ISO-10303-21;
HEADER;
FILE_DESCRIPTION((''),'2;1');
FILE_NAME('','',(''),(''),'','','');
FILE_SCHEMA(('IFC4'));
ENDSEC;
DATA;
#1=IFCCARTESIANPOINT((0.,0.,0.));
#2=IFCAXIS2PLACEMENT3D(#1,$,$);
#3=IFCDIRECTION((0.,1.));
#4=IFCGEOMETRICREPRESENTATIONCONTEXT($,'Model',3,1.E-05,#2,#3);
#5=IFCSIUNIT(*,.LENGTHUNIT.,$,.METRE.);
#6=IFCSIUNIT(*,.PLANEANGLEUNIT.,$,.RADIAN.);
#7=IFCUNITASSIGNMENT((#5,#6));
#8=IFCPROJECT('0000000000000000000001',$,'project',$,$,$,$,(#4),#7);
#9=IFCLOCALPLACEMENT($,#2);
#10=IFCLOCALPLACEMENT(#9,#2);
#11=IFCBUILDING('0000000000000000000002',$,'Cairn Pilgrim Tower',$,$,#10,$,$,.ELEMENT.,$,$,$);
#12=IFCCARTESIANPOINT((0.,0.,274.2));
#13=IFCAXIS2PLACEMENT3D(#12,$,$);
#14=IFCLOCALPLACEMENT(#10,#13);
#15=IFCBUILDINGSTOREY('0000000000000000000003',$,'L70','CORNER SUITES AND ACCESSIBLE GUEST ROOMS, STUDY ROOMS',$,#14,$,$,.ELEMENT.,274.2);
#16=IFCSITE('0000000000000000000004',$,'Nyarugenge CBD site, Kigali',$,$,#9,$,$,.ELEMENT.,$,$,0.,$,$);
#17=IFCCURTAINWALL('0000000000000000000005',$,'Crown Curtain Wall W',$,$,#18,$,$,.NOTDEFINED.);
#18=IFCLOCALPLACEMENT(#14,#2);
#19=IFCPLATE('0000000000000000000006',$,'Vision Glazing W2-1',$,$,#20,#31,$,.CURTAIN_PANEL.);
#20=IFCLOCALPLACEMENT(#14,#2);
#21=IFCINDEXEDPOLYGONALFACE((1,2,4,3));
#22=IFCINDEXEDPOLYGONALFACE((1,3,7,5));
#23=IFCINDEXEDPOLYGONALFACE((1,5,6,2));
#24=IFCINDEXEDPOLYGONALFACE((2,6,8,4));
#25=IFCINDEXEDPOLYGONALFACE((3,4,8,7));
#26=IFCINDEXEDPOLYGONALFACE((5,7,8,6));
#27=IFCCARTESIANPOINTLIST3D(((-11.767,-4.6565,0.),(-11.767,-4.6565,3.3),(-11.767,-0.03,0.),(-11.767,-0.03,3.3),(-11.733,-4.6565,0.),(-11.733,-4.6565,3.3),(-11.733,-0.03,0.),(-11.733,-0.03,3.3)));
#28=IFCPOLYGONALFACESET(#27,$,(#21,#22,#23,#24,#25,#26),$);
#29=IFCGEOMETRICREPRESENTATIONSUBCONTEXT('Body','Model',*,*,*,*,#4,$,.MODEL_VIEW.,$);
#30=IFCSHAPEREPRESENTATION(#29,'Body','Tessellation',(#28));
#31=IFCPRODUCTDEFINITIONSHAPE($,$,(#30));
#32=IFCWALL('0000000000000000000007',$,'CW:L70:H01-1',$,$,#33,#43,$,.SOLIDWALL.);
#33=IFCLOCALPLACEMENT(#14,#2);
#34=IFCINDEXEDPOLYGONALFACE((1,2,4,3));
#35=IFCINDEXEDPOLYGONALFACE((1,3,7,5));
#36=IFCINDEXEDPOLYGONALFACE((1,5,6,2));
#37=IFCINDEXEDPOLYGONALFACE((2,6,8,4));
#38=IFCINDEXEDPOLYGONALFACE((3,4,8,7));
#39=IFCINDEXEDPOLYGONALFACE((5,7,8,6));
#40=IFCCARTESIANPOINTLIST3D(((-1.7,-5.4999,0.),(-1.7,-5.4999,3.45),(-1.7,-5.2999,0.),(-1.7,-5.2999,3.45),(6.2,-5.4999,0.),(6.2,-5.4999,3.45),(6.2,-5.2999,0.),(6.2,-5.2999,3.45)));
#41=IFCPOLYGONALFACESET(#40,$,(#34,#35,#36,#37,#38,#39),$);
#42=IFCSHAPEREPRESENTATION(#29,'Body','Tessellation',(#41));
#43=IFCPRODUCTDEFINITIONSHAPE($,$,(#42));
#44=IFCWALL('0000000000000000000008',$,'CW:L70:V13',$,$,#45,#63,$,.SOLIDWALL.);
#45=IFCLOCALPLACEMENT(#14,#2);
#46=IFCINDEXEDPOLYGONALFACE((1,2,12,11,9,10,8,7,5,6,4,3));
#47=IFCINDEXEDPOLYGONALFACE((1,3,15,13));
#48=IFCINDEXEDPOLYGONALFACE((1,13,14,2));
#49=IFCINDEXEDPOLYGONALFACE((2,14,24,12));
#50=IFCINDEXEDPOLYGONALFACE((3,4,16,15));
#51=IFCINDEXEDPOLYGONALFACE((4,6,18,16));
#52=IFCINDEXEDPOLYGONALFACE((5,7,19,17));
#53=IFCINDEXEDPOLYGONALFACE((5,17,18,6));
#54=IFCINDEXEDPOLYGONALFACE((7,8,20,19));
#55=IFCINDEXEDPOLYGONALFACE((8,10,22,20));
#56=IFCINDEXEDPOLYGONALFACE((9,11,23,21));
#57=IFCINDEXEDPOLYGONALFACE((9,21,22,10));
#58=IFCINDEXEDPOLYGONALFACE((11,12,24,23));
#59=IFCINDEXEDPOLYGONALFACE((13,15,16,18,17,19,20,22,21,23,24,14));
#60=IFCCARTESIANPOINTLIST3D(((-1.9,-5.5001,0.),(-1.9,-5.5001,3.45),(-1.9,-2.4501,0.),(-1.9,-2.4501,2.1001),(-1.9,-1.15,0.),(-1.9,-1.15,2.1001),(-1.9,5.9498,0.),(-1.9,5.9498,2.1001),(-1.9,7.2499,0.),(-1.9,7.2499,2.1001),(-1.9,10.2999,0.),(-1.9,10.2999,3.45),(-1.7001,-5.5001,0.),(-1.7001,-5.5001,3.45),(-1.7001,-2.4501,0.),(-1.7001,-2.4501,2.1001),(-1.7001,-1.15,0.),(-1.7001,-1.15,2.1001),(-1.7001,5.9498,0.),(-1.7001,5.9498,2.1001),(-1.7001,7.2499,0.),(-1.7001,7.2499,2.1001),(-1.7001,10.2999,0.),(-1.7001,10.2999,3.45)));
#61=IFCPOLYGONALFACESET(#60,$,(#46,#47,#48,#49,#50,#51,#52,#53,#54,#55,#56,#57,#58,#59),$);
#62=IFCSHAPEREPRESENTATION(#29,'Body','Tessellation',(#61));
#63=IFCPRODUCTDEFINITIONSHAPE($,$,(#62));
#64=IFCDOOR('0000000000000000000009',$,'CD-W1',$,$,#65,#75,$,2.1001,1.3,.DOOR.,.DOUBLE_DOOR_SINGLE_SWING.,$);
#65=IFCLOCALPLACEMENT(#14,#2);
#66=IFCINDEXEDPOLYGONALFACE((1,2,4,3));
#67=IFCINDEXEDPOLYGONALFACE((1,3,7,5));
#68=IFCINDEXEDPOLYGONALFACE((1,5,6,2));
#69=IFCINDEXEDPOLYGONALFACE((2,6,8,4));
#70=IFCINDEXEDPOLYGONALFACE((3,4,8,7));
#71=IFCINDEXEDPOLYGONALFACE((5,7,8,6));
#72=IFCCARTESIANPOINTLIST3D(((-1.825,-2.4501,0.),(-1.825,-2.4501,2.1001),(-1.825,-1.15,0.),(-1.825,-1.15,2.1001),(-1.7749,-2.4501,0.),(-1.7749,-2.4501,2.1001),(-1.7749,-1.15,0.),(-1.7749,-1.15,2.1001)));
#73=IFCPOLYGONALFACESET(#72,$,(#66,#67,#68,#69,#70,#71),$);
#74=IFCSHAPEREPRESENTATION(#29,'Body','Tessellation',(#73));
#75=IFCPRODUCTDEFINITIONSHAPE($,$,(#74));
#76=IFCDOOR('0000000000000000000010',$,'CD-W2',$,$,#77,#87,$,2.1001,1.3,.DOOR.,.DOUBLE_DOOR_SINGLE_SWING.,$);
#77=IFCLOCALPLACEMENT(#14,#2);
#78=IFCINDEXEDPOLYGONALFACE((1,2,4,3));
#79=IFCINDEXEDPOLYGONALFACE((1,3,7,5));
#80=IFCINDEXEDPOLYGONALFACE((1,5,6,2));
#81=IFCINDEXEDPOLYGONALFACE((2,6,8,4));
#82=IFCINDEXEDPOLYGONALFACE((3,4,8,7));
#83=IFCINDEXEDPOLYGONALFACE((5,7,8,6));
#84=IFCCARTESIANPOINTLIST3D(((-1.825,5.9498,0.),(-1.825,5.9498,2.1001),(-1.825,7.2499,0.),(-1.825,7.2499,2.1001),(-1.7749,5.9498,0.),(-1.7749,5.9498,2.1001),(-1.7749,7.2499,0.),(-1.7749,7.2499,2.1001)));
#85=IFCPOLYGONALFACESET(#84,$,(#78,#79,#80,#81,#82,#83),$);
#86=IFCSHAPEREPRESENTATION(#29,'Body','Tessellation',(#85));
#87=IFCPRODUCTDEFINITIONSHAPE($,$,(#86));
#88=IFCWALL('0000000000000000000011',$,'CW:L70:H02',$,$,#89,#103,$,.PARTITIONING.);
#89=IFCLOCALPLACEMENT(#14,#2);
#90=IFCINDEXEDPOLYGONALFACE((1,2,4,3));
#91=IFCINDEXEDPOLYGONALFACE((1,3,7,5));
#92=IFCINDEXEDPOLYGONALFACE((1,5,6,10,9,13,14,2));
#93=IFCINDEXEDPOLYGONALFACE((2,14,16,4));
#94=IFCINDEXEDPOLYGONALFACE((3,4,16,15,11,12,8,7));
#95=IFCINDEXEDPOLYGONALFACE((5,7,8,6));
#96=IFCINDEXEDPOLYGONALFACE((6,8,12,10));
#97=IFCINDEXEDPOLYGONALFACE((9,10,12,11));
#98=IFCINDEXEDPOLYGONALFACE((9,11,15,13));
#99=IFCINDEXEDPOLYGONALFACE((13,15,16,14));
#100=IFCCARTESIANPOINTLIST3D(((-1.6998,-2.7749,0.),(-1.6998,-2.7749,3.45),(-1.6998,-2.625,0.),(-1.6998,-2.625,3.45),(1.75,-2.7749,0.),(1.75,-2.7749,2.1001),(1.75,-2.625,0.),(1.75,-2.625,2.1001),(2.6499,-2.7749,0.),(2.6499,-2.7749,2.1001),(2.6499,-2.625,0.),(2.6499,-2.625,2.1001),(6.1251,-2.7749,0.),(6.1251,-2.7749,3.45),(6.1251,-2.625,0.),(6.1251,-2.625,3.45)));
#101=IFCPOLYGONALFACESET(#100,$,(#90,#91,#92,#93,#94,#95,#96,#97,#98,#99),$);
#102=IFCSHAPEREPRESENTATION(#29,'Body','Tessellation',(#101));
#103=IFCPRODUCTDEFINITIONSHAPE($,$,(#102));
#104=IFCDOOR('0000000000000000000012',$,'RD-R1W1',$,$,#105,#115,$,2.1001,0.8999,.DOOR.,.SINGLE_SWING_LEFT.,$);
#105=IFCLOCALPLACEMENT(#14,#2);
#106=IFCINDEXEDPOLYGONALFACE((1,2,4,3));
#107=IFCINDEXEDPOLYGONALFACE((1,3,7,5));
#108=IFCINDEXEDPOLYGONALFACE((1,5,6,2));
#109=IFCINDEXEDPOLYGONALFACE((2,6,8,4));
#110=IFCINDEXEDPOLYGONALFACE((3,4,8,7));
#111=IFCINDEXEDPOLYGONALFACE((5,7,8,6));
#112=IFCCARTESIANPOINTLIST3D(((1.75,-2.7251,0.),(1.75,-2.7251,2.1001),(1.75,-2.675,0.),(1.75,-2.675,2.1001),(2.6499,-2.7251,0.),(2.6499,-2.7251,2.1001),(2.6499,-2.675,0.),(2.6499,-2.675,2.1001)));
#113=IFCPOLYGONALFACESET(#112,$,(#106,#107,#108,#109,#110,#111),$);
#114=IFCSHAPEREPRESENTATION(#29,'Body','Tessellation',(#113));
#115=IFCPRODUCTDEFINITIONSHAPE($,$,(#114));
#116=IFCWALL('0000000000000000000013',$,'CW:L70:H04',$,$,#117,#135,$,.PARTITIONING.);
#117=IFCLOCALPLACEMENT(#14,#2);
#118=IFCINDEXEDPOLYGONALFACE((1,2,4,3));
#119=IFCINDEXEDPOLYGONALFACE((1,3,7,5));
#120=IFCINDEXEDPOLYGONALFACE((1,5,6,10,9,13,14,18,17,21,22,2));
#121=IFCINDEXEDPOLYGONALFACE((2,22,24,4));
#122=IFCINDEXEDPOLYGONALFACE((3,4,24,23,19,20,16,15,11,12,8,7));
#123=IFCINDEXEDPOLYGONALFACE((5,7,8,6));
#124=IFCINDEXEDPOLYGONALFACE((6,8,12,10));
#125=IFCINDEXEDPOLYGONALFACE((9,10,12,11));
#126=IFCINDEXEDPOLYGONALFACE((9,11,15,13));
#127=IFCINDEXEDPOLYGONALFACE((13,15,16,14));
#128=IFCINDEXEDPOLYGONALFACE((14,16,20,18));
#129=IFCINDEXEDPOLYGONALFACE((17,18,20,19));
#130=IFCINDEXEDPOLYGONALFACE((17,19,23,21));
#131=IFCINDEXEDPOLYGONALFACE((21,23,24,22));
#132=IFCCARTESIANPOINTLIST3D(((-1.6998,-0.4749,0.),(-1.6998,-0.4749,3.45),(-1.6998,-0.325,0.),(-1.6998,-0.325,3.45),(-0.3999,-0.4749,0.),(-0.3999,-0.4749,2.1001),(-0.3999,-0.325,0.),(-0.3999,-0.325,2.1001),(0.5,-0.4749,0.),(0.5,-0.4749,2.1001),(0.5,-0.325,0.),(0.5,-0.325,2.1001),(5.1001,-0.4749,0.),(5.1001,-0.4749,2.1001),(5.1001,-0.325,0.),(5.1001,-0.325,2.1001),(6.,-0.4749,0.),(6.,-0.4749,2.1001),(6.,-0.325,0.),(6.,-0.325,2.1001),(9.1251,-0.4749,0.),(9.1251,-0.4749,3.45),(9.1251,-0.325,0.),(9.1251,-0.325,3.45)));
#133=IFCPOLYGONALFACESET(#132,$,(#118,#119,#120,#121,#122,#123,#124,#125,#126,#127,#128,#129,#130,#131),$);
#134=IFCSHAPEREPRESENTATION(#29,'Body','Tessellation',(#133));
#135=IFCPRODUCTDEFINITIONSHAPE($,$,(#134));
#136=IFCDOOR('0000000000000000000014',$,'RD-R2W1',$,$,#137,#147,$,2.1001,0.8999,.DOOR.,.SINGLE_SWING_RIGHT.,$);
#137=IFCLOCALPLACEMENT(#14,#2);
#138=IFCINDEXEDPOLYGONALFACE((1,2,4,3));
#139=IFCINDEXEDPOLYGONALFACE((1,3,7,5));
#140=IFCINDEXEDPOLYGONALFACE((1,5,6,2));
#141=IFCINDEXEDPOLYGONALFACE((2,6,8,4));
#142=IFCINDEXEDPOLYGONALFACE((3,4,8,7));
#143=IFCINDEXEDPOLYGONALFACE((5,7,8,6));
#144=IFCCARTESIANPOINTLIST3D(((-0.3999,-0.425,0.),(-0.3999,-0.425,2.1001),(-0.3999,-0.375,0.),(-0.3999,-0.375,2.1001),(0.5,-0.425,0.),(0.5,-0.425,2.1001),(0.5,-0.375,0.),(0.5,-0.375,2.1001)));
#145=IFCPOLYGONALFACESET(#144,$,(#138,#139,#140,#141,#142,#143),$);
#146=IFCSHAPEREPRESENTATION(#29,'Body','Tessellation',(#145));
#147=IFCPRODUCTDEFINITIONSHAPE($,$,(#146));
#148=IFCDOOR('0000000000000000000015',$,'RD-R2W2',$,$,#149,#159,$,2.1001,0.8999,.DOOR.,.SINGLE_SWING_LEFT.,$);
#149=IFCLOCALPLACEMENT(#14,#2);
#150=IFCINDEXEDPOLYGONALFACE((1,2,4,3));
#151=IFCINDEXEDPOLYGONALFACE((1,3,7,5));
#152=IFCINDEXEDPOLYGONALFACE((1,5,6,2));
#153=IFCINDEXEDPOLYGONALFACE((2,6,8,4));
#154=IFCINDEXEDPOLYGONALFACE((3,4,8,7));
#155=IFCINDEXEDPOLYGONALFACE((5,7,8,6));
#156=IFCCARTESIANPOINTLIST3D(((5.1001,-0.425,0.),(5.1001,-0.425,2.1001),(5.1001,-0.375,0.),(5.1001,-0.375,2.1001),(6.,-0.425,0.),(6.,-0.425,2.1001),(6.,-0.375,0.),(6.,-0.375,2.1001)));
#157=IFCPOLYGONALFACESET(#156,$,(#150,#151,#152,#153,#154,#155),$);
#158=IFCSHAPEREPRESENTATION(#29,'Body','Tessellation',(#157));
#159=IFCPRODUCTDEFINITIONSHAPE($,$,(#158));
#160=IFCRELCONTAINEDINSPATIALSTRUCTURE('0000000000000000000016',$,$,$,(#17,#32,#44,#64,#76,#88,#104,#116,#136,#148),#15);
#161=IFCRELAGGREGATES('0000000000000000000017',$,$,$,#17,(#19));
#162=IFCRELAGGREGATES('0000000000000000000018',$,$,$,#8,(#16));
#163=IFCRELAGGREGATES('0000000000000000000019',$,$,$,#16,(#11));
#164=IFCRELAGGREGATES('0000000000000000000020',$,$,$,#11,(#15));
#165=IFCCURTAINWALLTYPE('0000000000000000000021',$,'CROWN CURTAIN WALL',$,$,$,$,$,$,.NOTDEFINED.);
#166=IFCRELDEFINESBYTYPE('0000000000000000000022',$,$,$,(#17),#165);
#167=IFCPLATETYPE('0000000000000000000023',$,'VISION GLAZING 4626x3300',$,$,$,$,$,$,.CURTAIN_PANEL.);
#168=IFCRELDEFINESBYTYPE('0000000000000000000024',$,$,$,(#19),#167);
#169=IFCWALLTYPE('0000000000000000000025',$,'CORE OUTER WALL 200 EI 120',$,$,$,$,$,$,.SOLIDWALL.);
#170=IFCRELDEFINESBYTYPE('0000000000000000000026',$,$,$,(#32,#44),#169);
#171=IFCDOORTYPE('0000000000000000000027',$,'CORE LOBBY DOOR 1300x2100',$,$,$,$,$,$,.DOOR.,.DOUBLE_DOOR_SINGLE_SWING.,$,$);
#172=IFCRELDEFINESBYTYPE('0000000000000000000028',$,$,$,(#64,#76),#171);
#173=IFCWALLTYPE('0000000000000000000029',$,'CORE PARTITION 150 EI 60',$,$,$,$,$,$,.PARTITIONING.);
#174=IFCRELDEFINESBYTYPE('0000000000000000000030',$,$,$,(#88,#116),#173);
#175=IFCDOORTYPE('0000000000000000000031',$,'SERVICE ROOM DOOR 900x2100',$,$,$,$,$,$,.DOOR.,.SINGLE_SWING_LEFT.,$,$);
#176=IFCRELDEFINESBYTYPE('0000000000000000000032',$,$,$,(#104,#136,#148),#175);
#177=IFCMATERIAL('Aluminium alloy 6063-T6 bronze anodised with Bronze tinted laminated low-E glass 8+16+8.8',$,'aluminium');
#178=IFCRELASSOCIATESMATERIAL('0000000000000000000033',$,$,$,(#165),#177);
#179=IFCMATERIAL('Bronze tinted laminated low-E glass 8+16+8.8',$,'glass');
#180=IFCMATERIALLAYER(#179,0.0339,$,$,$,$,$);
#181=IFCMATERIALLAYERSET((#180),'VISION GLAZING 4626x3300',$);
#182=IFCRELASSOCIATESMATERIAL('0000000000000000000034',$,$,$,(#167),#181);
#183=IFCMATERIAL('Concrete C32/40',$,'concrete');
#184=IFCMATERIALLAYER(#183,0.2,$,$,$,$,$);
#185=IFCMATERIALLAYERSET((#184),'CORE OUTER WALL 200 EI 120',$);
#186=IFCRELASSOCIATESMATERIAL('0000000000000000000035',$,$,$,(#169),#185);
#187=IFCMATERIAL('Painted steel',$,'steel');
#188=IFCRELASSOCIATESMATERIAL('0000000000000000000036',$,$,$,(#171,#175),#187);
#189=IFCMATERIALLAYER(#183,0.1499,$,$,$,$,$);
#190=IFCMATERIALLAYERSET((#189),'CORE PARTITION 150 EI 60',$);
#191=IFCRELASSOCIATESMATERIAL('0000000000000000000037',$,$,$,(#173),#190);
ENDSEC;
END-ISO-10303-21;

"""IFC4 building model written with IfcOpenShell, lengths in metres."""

from ifc_helpers import new_model, si_unit, direction, frame, frame_2d, origin, origin_2d, place, context, subcontext, project, spatial, rectangle, extrude, material, layer, layer_set, type_object, element, fill, aggregate, save


model = new_model("IFC4")

# Units and contexts
model_context = context("Model", 3, precision=1e-05, world=origin(), true_north=direction((0.0, 1.0)))
body_context = subcontext(model_context, "Body", "Model", "MODEL_VIEW")
ifc_project = project(units=[si_unit("LENGTHUNIT", "METRE"), si_unit("PLANEANGLEUNIT", "RADIAN")], contexts=[model_context])

# Site, building, storey
site_placement = place(None, origin())
site = spatial("IfcSite", under=ifc_project, at=site_placement, Name="Nyarugenge CBD site, Kigali", CompositionType="ELEMENT", RefElevation=0.0)
building_placement = place(site_placement, origin())
building = spatial("IfcBuilding", under=site, at=building_placement, Name="Cairn Pilgrim Tower", CompositionType="ELEMENT")
storey_placement = place(building_placement, frame((0.0, 0.0, 274.2)))
storey = spatial("IfcBuildingStorey", under=building, at=storey_placement, Name="L70", Description="CORNER SUITES AND ACCESSIBLE GUEST ROOMS, STUDY ROOMS", CompositionType="ELEMENT", Elevation=274.2)

# Curtain wall
ifc_material_1 = material(Name="Aluminium alloy 6063-T6 bronze anodised with Bronze tinted laminated low-E glass 8+16+8.8", Category="aluminium")
curtain_wall_type = type_object("IfcCurtainWallType", Name="CROWN CURTAIN WALL", PredefinedType="NOTDEFINED", material=ifc_material_1)
curtain_wall_1_placement = place(storey_placement, origin())
curtain_wall_1 = element("IfcCurtainWall", 1, at=curtain_wall_1_placement, inside=storey, type_object=curtain_wall_type, Name="Crown Curtain Wall W", PredefinedType="NOTDEFINED")

# Shared definitions
ifc_material_2 = material(Name="Concrete C32/40", Category="concrete")

# Plate
ifc_material_3 = material(Name="Bronze tinted laminated low-E glass 8+16+8.8", Category="glass")
ifc_layer_1 = layer(ifc_material_3, 0.0339)
ifc_layer_set_1 = layer_set([ifc_layer_1], Name="VISION GLAZING 4626x3300")
plate_type_1 = type_object("IfcPlateType", Name="VISION GLAZING 4626x3300", PredefinedType="CURTAIN_PANEL", material=ifc_layer_set_1)
plate_1_placement = place(storey_placement, frame((-11.75, -2.3433, 0.0), z_axis=(0.0, 0.0, 1.0), x_axis=(0.0, -1.0, 0.0)))
plate_1 = element("IfcPlate", 2, at=plate_1_placement, type_object=plate_type_1, Name="Vision Glazing W2-1", PredefinedType="CURTAIN_PANEL", context=body_context, shape_type="SweptSolid", body=[
    extrude(rectangle(XDim=4.6265, YDim=0.0339, at=origin_2d()), origin(), (0.0, 0.0, 1.0), 3.3),
])
aggregate(curtain_wall_1, [plate_1])

# Wall
ifc_layer_2 = layer(ifc_material_2, 0.2)
ifc_layer_set_2 = layer_set([ifc_layer_2], Name="CORE OUTER WALL 200 EI 120")
wall_type_1 = type_object("IfcWallType", Name="CORE OUTER WALL 200 EI 120", PredefinedType="SOLIDWALL", material=ifc_layer_set_2)
wall_1_placement = place(storey_placement, frame((-1.7, -5.3999, 0.0), z_axis=(0.0, 0.0, 1.0), x_axis=(1.0, 0.0, 0.0)))
element("IfcWall", 3, at=wall_1_placement, inside=storey, type_object=wall_type_1, Name="CW:L70:H01-1", PredefinedType="SOLIDWALL", context=body_context, shape_type="SweptSolid", body=[
    extrude(rectangle(XDim=7.8999, YDim=0.2, at=frame_2d((3.95, 0.0))), origin(), (0.0, 0.0, 1.0), 3.45),
])

# Wall, openings, doors
wall_2_placement = place(storey_placement, frame((-1.8, -5.5, 0.0), z_axis=(0.0, 0.0, 1.0), x_axis=(0.0, 1.0, 0.0)))
wall_2 = element("IfcWall", 4, at=wall_2_placement, inside=storey, type_object=wall_type_1, Name="CW:L70:V13", PredefinedType="SOLIDWALL", context=body_context, shape_type="SweptSolid", body=[
    extrude(rectangle(XDim=15.8, YDim=0.2, at=frame_2d((7.8999, 0.0))), origin(), (0.0, 0.0, 1.0), 3.45),
])
opening_1_placement = place(wall_2_placement, frame((3.05, 0.0, 0.0)))
opening_1 = element("IfcOpeningElement", 5, at=opening_1_placement, cuts=wall_2, PredefinedType="OPENING", context=body_context, shape_type="SweptSolid", body=[
    extrude(rectangle(XDim=1.3, YDim=2.1001, at=frame_2d((0.6499, 1.05))), frame((0.0, 0.1099, 0.0), z_axis=(0.0, -1.0, 0.0), x_axis=(1.0, 0.0, 0.0)), (0.0, 0.0, 1.0), 0.22),
])
opening_2_placement = place(wall_2_placement, frame((11.45, 0.0, 0.0)))
opening_2 = element("IfcOpeningElement", 6, at=opening_2_placement, cuts=wall_2, PredefinedType="OPENING", context=body_context, shape_type="SweptSolid", body=[
    extrude(rectangle(XDim=1.3, YDim=2.1001, at=frame_2d((0.6499, 1.05))), frame((0.0, 0.1099, 0.0), z_axis=(0.0, -1.0, 0.0), x_axis=(1.0, 0.0, 0.0)), (0.0, 0.0, 1.0), 0.22),
])
ifc_material_4 = material(Name="Painted steel", Category="steel")
door_type_1 = type_object("IfcDoorType", Name="CORE LOBBY DOOR 1300x2100", OperationType="DOUBLE_DOOR_SINGLE_SWING", PredefinedType="DOOR", material=ifc_material_4)
door_1_placement = place(opening_1_placement, origin())
door_1 = element("IfcDoor", 7, at=door_1_placement, inside=storey, type_object=door_type_1, Name="CD-W1", OperationType="DOUBLE_DOOR_SINGLE_SWING", OverallHeight=2.1001, OverallWidth=1.3, PredefinedType="DOOR", context=body_context, shape_type="SweptSolid", body=[
    extrude(rectangle(XDim=1.3, YDim=2.1001, at=frame_2d((0.6499, 1.05))), frame((0.0, 0.0249, 0.0), z_axis=(0.0, -1.0, 0.0), x_axis=(1.0, 0.0, 0.0)), (0.0, 0.0, 1.0), 0.05),
])
fill(opening_1, door_1)
door_2_placement = place(opening_2_placement, origin())
door_2 = element("IfcDoor", 8, at=door_2_placement, inside=storey, type_object=door_type_1, Name="CD-W2", OperationType="DOUBLE_DOOR_SINGLE_SWING", OverallHeight=2.1001, OverallWidth=1.3, PredefinedType="DOOR", context=body_context, shape_type="SweptSolid", body=[
    extrude(rectangle(XDim=1.3, YDim=2.1001, at=frame_2d((0.6499, 1.05))), frame((0.0, 0.0249, 0.0), z_axis=(0.0, -1.0, 0.0), x_axis=(1.0, 0.0, 0.0)), (0.0, 0.0, 1.0), 0.05),
])
fill(opening_2, door_2)

# Wall, opening, door
ifc_layer_3 = layer(ifc_material_2, 0.1499)
ifc_layer_set_3 = layer_set([ifc_layer_3], Name="CORE PARTITION 150 EI 60")
wall_type_2 = type_object("IfcWallType", Name="CORE PARTITION 150 EI 60", PredefinedType="PARTITIONING", material=ifc_layer_set_3)
wall_3_placement = place(storey_placement, frame((-1.7, -2.7, 0.0), z_axis=(0.0, 0.0, 1.0), x_axis=(1.0, 0.0, 0.0)))
wall_3 = element("IfcWall", 9, at=wall_3_placement, inside=storey, type_object=wall_type_2, Name="CW:L70:H02", PredefinedType="PARTITIONING", context=body_context, shape_type="SweptSolid", body=[
    extrude(rectangle(XDim=7.825, YDim=0.1499, at=frame_2d((3.9126, 0.0))), origin(), (0.0, 0.0, 1.0), 3.45),
])
opening_3_placement = place(wall_3_placement, frame((3.45, 0.0, 0.0)))
opening_3 = element("IfcOpeningElement", 10, at=opening_3_placement, cuts=wall_3, PredefinedType="OPENING", context=body_context, shape_type="SweptSolid", body=[
    extrude(rectangle(XDim=0.8999, YDim=2.1001, at=frame_2d((0.45, 1.05))), frame((0.0, 0.085, 0.0), z_axis=(0.0, -1.0, 0.0), x_axis=(1.0, 0.0, 0.0)), (0.0, 0.0, 1.0), 0.1699),
])
door_type_2 = type_object("IfcDoorType", Name="SERVICE ROOM DOOR 900x2100", OperationType="SINGLE_SWING_LEFT", PredefinedType="DOOR", material=ifc_material_4)
door_3_placement = place(opening_3_placement, origin())
door_3 = element("IfcDoor", 11, at=door_3_placement, inside=storey, type_object=door_type_2, Name="RD-R1W1", OperationType="SINGLE_SWING_LEFT", OverallHeight=2.1001, OverallWidth=0.8999, PredefinedType="DOOR", context=body_context, shape_type="SweptSolid", body=[
    extrude(rectangle(XDim=0.8999, YDim=2.1001, at=frame_2d((0.45, 1.05))), frame((0.0, 0.0249, 0.0), z_axis=(0.0, -1.0, 0.0), x_axis=(1.0, 0.0, 0.0)), (0.0, 0.0, 1.0), 0.05),
])
fill(opening_3, door_3)

# Wall, openings, doors
wall_4_placement = place(storey_placement, frame((-1.7, -0.3999, 0.0), z_axis=(0.0, 0.0, 1.0), x_axis=(1.0, 0.0, 0.0)))
wall_4 = element("IfcWall", 12, at=wall_4_placement, inside=storey, type_object=wall_type_2, Name="CW:L70:H04", PredefinedType="PARTITIONING", context=body_context, shape_type="SweptSolid", body=[
    extrude(rectangle(XDim=10.825, YDim=0.1499, at=frame_2d((5.4126, 0.0))), origin(), (0.0, 0.0, 1.0), 3.45),
])
opening_4_placement = place(wall_4_placement, frame((1.3, 0.0, 0.0)))
opening_4 = element("IfcOpeningElement", 13, at=opening_4_placement, cuts=wall_4, PredefinedType="OPENING", context=body_context, shape_type="SweptSolid", body=[
    extrude(rectangle(XDim=0.8999, YDim=2.1001, at=frame_2d((0.45, 1.05))), frame((0.0, 0.085, 0.0), z_axis=(0.0, -1.0, 0.0), x_axis=(1.0, 0.0, 0.0)), (0.0, 0.0, 1.0), 0.1699),
])
opening_5_placement = place(wall_4_placement, frame((6.8, 0.0, 0.0)))
opening_5 = element("IfcOpeningElement", 14, at=opening_5_placement, cuts=wall_4, PredefinedType="OPENING", context=body_context, shape_type="SweptSolid", body=[
    extrude(rectangle(XDim=0.8999, YDim=2.1001, at=frame_2d((0.45, 1.05))), frame((0.0, 0.085, 0.0), z_axis=(0.0, -1.0, 0.0), x_axis=(1.0, 0.0, 0.0)), (0.0, 0.0, 1.0), 0.1699),
])
door_4_placement = place(opening_4_placement, origin())
door_4 = element("IfcDoor", 15, at=door_4_placement, inside=storey, type_object=door_type_2, Name="RD-R2W1", OperationType="SINGLE_SWING_RIGHT", OverallHeight=2.1001, OverallWidth=0.8999, PredefinedType="DOOR", context=body_context, shape_type="SweptSolid", body=[
    extrude(rectangle(XDim=0.8999, YDim=2.1001, at=frame_2d((0.45, 1.05))), frame((0.0, 0.0249, 0.0), z_axis=(0.0, -1.0, 0.0), x_axis=(1.0, 0.0, 0.0)), (0.0, 0.0, 1.0), 0.05),
])
fill(opening_4, door_4)
door_5_placement = place(opening_5_placement, origin())
door_5 = element("IfcDoor", 16, at=door_5_placement, inside=storey, type_object=door_type_2, Name="RD-R2W2", OperationType="SINGLE_SWING_LEFT", OverallHeight=2.1001, OverallWidth=0.8999, PredefinedType="DOOR", context=body_context, shape_type="SweptSolid", body=[
    extrude(rectangle(XDim=0.8999, YDim=2.1001, at=frame_2d((0.45, 1.05))), frame((0.0, 0.0249, 0.0), z_axis=(0.0, -1.0, 0.0), x_axis=(1.0, 0.0, 0.0)), (0.0, 0.0, 1.0), 0.05),
])
fill(opening_5, door_5)

save(model, "model.ifc")
